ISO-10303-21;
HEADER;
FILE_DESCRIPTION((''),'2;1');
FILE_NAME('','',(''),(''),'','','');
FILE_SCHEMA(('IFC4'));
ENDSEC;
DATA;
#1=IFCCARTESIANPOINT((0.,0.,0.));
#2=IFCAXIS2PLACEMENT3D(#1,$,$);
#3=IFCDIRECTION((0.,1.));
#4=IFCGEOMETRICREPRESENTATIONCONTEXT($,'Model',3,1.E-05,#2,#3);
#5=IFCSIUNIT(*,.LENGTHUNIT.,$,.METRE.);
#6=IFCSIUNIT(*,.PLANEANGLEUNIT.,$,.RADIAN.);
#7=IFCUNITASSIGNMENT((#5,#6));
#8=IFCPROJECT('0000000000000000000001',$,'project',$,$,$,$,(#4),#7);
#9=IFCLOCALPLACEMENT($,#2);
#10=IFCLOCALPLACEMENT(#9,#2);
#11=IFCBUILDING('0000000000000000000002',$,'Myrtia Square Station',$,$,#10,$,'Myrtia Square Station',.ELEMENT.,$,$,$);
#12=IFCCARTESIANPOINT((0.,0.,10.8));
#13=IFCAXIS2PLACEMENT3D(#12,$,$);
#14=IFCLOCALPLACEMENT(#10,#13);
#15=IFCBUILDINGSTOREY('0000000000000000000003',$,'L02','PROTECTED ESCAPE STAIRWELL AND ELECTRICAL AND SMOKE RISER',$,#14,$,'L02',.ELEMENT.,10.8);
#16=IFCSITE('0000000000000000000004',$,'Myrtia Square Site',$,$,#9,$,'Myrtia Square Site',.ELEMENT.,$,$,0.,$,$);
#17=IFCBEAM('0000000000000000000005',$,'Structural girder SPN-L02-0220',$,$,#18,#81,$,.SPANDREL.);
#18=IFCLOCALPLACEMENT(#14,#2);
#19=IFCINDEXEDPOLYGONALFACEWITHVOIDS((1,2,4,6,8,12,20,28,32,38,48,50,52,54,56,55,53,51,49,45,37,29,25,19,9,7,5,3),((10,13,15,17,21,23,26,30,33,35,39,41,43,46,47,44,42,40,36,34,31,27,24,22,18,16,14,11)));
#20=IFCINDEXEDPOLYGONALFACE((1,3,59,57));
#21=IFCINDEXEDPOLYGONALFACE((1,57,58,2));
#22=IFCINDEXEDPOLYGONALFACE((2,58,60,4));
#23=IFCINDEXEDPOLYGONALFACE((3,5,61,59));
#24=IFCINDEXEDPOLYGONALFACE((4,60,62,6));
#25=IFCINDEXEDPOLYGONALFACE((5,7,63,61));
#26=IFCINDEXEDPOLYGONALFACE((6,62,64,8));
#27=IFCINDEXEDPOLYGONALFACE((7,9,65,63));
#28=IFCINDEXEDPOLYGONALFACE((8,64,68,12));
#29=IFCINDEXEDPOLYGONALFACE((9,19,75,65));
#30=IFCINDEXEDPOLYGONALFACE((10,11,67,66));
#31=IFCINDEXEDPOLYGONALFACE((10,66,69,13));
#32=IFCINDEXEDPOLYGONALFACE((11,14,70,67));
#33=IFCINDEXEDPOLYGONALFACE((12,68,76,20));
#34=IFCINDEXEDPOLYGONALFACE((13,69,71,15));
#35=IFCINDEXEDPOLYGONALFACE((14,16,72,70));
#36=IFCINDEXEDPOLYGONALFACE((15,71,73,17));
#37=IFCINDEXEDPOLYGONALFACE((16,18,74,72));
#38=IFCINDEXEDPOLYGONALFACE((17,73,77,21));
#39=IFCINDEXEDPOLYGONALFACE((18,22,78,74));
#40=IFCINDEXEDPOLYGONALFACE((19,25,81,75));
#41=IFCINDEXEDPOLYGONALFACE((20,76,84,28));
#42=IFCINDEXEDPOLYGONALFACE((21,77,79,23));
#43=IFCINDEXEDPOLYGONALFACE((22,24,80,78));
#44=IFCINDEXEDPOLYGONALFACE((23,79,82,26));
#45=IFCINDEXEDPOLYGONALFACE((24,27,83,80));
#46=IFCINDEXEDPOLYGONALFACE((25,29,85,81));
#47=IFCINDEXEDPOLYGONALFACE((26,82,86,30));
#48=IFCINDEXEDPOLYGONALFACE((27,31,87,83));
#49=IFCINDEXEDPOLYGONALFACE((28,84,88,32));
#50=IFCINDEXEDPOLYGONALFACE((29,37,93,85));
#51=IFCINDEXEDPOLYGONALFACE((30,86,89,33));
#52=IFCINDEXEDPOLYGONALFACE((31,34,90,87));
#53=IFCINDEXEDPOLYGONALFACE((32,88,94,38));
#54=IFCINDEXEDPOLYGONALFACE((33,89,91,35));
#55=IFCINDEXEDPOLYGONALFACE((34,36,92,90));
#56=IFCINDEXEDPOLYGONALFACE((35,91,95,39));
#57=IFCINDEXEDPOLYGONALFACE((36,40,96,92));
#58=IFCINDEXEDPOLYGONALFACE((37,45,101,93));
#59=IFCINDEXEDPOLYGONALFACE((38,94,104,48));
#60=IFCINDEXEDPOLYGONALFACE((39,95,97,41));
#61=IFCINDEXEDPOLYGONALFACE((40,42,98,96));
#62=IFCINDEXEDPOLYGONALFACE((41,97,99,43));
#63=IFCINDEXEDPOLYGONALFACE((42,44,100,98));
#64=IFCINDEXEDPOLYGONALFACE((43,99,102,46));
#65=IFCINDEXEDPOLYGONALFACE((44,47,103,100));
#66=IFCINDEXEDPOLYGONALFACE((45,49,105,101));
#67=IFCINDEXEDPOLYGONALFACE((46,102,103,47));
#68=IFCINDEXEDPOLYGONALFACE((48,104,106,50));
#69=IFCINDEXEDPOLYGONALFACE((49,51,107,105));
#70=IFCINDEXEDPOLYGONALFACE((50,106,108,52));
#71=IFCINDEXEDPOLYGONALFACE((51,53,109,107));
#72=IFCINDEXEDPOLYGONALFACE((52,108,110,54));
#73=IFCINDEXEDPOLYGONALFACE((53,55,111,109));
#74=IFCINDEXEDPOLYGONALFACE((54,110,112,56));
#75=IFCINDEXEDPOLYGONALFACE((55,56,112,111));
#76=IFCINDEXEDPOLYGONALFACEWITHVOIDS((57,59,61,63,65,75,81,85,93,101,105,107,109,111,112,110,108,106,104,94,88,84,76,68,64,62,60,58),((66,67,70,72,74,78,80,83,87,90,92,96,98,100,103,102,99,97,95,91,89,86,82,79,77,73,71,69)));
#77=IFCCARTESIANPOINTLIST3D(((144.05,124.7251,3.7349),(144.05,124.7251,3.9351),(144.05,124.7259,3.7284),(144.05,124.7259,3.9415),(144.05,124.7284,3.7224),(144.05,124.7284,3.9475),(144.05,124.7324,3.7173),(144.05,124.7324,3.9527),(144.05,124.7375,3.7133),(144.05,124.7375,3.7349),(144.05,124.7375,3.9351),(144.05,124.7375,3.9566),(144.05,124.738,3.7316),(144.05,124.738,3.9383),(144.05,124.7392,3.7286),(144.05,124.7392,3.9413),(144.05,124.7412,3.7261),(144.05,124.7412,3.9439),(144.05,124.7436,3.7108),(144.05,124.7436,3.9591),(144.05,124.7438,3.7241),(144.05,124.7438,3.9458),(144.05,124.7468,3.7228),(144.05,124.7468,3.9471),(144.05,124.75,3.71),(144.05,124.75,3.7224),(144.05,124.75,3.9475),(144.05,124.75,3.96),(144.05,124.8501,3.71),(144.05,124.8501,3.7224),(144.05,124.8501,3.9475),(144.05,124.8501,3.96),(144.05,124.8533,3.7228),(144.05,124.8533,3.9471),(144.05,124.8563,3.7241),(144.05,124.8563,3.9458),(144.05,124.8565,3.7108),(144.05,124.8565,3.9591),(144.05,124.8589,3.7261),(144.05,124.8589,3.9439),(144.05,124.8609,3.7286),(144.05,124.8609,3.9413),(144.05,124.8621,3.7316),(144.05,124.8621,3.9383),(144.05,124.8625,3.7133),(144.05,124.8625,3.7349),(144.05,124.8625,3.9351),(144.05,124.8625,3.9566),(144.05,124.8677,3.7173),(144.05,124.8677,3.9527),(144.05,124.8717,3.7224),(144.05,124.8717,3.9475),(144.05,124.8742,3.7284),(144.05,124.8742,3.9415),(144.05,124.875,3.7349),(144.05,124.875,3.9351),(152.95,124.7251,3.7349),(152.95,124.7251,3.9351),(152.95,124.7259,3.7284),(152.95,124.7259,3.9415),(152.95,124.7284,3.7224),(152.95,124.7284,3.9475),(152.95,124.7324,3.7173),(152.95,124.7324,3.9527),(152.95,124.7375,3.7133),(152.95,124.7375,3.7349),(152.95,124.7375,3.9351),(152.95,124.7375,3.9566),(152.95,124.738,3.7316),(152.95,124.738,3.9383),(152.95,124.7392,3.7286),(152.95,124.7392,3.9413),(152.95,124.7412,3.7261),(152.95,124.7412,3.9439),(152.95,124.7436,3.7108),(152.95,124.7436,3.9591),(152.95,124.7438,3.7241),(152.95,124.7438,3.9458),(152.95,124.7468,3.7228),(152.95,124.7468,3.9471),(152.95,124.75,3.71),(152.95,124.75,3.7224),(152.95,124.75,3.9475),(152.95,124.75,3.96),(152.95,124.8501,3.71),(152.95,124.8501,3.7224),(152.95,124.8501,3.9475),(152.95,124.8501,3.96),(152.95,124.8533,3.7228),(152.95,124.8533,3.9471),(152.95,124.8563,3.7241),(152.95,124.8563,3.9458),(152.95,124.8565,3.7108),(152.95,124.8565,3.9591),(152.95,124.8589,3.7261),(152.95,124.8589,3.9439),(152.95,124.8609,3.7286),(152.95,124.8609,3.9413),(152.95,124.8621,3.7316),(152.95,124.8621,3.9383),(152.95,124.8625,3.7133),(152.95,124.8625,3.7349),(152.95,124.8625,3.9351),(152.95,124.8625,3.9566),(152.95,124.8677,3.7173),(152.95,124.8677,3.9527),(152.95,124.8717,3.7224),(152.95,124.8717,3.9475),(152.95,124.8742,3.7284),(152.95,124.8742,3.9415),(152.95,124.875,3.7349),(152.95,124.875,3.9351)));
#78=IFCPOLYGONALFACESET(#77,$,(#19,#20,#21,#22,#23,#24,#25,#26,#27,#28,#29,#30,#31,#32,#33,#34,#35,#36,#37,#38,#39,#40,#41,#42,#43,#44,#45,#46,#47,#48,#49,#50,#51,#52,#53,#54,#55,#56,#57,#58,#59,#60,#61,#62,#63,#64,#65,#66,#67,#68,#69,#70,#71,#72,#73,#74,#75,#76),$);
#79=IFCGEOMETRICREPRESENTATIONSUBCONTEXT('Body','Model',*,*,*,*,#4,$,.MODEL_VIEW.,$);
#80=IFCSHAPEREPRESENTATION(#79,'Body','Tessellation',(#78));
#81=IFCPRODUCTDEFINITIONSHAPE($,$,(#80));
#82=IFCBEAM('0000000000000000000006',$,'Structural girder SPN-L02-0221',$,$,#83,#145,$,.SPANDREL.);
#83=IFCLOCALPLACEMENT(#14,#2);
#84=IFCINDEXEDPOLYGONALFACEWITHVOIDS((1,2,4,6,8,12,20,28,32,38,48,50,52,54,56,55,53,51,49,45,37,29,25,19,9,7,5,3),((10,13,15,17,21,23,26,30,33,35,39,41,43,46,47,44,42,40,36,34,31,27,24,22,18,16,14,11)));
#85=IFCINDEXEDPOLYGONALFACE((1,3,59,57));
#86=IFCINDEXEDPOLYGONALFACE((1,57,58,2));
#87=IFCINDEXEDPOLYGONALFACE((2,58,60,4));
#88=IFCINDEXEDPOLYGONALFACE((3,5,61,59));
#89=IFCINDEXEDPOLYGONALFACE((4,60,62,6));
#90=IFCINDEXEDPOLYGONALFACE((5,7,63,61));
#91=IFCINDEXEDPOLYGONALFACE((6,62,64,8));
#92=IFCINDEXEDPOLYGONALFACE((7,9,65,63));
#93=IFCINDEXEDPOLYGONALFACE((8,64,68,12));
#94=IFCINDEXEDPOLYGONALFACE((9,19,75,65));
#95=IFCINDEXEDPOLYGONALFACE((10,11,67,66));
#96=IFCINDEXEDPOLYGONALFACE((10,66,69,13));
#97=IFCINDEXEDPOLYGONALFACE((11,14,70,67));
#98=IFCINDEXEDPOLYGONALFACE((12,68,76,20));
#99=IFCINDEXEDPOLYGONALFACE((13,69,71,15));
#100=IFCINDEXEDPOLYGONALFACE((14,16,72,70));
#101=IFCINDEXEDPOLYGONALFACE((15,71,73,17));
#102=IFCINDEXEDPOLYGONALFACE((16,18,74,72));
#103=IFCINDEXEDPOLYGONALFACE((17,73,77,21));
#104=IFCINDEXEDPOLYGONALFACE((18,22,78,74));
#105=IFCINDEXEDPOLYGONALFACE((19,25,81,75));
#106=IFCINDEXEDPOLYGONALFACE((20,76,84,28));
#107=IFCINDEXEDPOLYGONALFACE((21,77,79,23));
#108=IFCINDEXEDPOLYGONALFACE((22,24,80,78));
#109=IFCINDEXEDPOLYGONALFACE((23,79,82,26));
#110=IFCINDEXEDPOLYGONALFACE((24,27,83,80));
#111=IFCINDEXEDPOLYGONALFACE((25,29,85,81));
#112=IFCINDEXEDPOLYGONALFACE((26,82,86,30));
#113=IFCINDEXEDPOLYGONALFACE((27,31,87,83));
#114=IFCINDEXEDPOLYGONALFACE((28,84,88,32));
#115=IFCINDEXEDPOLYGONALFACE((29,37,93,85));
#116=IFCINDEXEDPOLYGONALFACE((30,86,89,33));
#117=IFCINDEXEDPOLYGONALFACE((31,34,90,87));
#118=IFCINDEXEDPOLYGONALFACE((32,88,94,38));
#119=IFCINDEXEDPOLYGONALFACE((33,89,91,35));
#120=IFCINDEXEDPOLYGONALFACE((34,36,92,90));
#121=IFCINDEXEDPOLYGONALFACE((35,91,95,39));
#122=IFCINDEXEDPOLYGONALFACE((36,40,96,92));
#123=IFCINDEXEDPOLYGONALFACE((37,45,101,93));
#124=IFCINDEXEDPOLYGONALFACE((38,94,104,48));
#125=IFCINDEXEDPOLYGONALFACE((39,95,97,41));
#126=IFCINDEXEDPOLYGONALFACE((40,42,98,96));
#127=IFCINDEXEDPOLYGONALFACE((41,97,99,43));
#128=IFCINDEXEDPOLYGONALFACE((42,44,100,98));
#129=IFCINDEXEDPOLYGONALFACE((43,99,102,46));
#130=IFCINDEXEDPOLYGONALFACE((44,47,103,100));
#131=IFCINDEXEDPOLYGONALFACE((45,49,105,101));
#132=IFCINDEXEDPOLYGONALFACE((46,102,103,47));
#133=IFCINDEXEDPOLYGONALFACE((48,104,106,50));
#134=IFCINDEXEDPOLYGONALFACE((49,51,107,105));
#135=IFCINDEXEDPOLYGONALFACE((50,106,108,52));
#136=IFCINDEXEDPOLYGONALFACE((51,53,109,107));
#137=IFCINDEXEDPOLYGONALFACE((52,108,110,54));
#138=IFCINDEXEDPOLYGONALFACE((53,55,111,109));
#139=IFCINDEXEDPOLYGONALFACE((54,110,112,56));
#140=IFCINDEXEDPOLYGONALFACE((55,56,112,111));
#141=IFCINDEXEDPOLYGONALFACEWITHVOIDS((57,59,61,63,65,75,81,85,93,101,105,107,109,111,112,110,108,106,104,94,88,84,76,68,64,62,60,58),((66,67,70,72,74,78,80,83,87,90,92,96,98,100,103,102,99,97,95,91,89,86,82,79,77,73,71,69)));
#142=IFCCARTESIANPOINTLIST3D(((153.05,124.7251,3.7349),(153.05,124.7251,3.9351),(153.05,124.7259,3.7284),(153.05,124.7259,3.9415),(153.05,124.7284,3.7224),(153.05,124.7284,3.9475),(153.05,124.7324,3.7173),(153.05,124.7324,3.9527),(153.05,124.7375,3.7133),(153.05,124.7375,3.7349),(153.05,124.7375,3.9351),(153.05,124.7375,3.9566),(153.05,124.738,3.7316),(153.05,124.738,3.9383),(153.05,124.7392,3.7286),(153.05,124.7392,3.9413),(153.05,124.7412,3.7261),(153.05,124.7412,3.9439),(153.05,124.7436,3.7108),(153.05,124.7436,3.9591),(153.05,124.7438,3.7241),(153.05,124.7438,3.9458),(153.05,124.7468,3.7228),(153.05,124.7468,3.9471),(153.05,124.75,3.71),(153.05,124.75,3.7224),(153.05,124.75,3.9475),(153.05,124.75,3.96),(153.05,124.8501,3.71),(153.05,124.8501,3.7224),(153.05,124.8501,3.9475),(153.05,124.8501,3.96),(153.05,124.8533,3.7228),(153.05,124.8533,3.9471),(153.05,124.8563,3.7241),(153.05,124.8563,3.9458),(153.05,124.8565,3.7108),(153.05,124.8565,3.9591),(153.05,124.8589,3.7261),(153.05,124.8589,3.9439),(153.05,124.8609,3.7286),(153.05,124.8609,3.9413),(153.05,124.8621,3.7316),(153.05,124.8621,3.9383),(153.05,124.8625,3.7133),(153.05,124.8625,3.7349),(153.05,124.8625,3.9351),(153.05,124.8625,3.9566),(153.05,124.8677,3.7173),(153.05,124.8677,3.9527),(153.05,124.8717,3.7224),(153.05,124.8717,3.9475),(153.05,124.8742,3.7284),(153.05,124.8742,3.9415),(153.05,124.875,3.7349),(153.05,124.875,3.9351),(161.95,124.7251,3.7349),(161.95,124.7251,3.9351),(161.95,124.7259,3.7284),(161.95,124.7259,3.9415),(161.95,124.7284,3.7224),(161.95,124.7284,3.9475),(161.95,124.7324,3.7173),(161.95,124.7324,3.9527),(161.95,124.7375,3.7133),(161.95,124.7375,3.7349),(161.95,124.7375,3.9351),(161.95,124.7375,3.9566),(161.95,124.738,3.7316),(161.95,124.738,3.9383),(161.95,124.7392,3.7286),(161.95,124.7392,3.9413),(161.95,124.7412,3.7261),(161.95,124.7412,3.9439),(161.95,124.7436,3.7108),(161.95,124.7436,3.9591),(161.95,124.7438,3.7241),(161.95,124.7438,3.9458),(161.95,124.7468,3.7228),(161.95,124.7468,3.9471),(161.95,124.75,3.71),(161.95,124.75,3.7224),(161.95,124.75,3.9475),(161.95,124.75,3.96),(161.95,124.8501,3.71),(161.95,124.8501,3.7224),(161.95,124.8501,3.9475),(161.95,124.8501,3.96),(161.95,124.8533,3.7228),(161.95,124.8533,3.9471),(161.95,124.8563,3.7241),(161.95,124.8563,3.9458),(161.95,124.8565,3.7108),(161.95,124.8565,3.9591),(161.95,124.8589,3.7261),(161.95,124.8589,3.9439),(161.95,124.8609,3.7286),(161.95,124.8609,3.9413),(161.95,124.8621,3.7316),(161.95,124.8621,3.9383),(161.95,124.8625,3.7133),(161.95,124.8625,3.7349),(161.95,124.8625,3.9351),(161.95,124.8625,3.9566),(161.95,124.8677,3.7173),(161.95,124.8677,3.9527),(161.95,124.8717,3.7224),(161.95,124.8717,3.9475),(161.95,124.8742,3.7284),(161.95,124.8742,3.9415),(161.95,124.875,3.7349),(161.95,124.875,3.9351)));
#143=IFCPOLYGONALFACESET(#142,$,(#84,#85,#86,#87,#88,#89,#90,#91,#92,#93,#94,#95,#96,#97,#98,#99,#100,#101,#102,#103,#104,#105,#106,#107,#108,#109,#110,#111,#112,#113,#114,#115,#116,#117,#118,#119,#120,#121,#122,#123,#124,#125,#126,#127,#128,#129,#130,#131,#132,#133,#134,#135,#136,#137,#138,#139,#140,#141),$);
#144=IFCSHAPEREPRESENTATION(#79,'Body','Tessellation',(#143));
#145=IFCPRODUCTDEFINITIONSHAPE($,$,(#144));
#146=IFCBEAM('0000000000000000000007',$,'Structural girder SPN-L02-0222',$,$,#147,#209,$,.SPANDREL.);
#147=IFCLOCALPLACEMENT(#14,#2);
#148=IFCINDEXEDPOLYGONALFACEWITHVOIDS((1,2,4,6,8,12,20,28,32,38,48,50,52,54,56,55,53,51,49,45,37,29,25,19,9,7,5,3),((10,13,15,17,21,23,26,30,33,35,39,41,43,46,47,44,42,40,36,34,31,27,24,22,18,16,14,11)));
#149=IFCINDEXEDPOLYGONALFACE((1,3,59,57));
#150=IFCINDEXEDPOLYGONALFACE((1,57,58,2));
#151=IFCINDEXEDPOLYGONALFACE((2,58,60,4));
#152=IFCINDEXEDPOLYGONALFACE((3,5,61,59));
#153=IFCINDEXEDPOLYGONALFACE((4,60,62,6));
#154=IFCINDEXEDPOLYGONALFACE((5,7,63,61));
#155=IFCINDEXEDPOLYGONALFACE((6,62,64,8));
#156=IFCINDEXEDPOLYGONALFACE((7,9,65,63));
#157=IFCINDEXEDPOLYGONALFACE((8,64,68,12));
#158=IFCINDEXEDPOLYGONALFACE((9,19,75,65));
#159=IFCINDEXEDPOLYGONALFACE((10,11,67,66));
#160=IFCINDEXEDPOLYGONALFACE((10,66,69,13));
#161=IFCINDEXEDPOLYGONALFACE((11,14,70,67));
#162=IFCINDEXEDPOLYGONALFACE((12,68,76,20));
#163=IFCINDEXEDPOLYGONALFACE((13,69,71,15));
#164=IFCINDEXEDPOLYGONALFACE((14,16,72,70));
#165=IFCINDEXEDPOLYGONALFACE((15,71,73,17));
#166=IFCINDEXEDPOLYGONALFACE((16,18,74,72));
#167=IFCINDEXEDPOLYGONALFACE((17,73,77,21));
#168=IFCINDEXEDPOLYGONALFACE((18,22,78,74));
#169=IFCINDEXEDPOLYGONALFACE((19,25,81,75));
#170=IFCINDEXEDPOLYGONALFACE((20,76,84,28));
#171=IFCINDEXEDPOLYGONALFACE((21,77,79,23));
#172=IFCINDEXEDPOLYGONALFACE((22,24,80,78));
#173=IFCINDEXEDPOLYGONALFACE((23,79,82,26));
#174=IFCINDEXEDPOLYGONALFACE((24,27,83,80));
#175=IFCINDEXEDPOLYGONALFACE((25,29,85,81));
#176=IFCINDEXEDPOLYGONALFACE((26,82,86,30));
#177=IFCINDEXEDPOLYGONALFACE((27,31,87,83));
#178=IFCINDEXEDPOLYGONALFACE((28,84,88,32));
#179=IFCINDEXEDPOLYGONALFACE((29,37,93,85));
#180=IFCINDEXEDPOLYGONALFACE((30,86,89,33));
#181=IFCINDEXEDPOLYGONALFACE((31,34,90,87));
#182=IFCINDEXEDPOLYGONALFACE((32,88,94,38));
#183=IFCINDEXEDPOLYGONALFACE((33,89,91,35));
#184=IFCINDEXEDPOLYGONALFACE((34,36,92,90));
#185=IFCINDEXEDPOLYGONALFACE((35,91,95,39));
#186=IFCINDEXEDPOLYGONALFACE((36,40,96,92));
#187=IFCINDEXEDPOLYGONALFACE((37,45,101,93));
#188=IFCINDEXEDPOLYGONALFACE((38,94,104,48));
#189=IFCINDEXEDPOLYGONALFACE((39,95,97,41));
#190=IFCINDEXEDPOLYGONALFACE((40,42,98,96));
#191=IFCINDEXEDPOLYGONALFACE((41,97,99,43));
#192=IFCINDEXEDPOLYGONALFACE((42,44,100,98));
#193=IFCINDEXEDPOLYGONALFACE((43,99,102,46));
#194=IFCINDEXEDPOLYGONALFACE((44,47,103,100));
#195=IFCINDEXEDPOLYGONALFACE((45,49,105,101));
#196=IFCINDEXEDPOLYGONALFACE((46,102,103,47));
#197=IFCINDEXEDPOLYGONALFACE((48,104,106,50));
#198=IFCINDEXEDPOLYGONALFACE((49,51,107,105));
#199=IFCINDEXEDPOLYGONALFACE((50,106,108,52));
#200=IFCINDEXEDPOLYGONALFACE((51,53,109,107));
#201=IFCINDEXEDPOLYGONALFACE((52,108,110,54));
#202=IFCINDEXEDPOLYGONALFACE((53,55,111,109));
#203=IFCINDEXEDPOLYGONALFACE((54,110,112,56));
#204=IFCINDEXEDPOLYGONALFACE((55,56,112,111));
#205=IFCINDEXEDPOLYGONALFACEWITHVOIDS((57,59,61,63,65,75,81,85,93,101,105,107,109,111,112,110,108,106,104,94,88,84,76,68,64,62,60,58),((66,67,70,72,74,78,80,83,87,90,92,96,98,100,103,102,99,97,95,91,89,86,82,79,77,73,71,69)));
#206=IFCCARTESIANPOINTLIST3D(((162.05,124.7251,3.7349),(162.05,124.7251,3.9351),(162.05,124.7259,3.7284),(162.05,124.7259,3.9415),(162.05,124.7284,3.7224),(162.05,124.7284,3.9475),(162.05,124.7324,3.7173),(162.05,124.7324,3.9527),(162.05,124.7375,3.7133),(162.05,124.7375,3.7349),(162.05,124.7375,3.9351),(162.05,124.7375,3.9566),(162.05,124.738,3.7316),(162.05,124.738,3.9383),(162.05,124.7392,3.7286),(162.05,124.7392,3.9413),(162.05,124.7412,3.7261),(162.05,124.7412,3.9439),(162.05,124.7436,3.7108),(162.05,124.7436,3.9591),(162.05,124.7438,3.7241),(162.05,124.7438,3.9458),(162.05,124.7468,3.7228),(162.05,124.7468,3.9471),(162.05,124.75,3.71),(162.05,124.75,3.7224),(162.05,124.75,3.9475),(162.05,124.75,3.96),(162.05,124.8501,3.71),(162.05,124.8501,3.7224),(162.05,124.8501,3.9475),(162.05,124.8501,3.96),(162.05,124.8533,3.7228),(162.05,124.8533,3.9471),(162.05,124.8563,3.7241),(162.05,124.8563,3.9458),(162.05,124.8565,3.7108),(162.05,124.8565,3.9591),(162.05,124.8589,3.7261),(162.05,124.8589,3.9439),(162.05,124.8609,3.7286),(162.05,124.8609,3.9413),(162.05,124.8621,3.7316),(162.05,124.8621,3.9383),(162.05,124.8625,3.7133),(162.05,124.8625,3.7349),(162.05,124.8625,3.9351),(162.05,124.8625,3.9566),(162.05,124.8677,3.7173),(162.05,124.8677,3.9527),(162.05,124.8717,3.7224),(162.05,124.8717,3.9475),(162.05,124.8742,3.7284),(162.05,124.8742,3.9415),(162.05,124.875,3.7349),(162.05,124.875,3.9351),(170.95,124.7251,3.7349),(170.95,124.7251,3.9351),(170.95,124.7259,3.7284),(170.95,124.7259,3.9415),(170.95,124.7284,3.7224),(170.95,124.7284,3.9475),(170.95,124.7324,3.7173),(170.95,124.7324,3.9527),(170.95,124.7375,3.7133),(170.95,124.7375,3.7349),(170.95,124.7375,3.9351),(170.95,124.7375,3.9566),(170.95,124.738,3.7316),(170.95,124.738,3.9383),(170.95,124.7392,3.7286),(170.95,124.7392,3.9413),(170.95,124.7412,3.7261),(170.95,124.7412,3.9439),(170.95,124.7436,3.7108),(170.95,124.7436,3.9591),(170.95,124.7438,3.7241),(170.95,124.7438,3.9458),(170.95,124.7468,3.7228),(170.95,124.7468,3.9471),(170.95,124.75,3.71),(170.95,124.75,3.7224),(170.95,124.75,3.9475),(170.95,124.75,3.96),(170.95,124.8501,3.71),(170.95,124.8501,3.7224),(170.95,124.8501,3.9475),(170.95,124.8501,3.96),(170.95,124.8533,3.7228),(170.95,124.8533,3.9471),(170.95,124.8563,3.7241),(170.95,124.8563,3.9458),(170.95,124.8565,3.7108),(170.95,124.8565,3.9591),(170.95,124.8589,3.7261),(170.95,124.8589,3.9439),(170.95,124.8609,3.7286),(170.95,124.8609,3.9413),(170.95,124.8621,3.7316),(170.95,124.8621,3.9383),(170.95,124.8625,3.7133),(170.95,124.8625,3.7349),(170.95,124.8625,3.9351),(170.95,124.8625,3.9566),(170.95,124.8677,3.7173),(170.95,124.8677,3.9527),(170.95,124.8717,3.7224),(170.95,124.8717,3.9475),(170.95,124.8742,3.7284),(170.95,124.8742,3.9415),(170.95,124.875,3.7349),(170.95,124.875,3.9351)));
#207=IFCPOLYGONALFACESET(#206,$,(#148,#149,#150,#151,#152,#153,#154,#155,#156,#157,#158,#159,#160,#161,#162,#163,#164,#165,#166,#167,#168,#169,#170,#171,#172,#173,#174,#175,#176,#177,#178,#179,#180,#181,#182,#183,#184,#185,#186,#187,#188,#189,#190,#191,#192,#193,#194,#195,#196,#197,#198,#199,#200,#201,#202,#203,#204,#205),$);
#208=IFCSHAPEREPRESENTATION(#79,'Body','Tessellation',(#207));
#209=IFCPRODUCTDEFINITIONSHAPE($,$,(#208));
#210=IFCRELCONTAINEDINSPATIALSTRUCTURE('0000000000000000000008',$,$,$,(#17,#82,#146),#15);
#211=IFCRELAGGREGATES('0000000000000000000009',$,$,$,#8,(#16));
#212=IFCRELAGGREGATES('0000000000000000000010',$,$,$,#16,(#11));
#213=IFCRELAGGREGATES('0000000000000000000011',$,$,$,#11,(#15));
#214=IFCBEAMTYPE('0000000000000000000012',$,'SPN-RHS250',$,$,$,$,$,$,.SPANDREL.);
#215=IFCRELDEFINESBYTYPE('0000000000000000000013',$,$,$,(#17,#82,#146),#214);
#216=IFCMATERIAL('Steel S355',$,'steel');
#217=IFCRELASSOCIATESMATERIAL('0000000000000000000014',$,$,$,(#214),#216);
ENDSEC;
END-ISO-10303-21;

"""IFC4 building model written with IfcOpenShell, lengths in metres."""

from ifc_helpers import new_model, si_unit, direction, frame, origin, origin_2d, place, context, subcontext, project, spatial, hollow_rectangle, extrude, material, material_profile, profile_set, type_object, element, save


model = new_model("IFC4")

# Units and contexts
model_context = context("Model", 3, precision=1e-05, world=origin(), true_north=direction((0.0, 1.0)))
body_context = subcontext(model_context, "Body", "Model", "MODEL_VIEW")
ifc_project = project(units=[si_unit("LENGTHUNIT", "METRE"), si_unit("PLANEANGLEUNIT", "RADIAN")], contexts=[model_context])

# Site, building, storey
site_placement = place(None, origin())
site = spatial("IfcSite", under=ifc_project, at=site_placement, Name="Myrtia Square Site", LongName="Myrtia Square Site", CompositionType="ELEMENT", RefElevation=0.0)
building_placement = place(site_placement, origin())
building = spatial("IfcBuilding", under=site, at=building_placement, Name="Myrtia Square Station", LongName="Myrtia Square Station", CompositionType="ELEMENT")
storey_placement = place(building_placement, frame((0.0, 0.0, 10.8)))
storey = spatial("IfcBuildingStorey", under=building, at=storey_placement, Name="L02", Description="PROTECTED ESCAPE STAIRWELL AND ELECTRICAL AND SMOKE RISER", LongName="L02", CompositionType="ELEMENT", Elevation=10.8)

# Shared definitions
ifc_material_1 = material(Name="Steel S355", Category="steel")

# Beams
ifc_material_profile_1 = material_profile(ifc_material_1, hollow_rectangle(XDim=0.1499, YDim=0.25, WallThickness=0.0125, InnerFilletRadius=0.0125, OuterFilletRadius=0.0249, at=origin_2d()), Name="RHS 250x150x12.5")
ifc_profile_set_1 = profile_set([ifc_material_profile_1], Name="Steel S355")
beam_type_1 = type_object("IfcBeamType", Name="SPN-RHS250", PredefinedType="SPANDREL", material=ifc_profile_set_1)
for number, where, z_axis, x_axis, name in (
    (1, (144.05, 124.8, 3.835), (1.0, 0.0, 0.0), (0.0, 1.0, 0.0), "Structural girder SPN-L02-0220"),
    (2, (153.05, 124.8, 3.835), (1.0, 0.0, 0.0), (0.0, 1.0, 0.0), "Structural girder SPN-L02-0221"),
    (3, (162.05, 124.8, 3.835), (1.0, 0.0, 0.0), (0.0, 1.0, 0.0), "Structural girder SPN-L02-0222"),
):
    element("IfcBeam", number, at=place(storey_placement, frame(where, z_axis=z_axis, x_axis=x_axis)), inside=storey, type_object=beam_type_1, Name=name, PredefinedType="SPANDREL", context=body_context, shape_type="SweptSolid", body=[
        extrude(hollow_rectangle(XDim=0.1499, YDim=0.25, WallThickness=0.0125, InnerFilletRadius=0.0125, OuterFilletRadius=0.0249, at=origin_2d()), origin(), (0.0, 0.0, 1.0), 8.8999),
    ])

save(model, "model.ifc")
